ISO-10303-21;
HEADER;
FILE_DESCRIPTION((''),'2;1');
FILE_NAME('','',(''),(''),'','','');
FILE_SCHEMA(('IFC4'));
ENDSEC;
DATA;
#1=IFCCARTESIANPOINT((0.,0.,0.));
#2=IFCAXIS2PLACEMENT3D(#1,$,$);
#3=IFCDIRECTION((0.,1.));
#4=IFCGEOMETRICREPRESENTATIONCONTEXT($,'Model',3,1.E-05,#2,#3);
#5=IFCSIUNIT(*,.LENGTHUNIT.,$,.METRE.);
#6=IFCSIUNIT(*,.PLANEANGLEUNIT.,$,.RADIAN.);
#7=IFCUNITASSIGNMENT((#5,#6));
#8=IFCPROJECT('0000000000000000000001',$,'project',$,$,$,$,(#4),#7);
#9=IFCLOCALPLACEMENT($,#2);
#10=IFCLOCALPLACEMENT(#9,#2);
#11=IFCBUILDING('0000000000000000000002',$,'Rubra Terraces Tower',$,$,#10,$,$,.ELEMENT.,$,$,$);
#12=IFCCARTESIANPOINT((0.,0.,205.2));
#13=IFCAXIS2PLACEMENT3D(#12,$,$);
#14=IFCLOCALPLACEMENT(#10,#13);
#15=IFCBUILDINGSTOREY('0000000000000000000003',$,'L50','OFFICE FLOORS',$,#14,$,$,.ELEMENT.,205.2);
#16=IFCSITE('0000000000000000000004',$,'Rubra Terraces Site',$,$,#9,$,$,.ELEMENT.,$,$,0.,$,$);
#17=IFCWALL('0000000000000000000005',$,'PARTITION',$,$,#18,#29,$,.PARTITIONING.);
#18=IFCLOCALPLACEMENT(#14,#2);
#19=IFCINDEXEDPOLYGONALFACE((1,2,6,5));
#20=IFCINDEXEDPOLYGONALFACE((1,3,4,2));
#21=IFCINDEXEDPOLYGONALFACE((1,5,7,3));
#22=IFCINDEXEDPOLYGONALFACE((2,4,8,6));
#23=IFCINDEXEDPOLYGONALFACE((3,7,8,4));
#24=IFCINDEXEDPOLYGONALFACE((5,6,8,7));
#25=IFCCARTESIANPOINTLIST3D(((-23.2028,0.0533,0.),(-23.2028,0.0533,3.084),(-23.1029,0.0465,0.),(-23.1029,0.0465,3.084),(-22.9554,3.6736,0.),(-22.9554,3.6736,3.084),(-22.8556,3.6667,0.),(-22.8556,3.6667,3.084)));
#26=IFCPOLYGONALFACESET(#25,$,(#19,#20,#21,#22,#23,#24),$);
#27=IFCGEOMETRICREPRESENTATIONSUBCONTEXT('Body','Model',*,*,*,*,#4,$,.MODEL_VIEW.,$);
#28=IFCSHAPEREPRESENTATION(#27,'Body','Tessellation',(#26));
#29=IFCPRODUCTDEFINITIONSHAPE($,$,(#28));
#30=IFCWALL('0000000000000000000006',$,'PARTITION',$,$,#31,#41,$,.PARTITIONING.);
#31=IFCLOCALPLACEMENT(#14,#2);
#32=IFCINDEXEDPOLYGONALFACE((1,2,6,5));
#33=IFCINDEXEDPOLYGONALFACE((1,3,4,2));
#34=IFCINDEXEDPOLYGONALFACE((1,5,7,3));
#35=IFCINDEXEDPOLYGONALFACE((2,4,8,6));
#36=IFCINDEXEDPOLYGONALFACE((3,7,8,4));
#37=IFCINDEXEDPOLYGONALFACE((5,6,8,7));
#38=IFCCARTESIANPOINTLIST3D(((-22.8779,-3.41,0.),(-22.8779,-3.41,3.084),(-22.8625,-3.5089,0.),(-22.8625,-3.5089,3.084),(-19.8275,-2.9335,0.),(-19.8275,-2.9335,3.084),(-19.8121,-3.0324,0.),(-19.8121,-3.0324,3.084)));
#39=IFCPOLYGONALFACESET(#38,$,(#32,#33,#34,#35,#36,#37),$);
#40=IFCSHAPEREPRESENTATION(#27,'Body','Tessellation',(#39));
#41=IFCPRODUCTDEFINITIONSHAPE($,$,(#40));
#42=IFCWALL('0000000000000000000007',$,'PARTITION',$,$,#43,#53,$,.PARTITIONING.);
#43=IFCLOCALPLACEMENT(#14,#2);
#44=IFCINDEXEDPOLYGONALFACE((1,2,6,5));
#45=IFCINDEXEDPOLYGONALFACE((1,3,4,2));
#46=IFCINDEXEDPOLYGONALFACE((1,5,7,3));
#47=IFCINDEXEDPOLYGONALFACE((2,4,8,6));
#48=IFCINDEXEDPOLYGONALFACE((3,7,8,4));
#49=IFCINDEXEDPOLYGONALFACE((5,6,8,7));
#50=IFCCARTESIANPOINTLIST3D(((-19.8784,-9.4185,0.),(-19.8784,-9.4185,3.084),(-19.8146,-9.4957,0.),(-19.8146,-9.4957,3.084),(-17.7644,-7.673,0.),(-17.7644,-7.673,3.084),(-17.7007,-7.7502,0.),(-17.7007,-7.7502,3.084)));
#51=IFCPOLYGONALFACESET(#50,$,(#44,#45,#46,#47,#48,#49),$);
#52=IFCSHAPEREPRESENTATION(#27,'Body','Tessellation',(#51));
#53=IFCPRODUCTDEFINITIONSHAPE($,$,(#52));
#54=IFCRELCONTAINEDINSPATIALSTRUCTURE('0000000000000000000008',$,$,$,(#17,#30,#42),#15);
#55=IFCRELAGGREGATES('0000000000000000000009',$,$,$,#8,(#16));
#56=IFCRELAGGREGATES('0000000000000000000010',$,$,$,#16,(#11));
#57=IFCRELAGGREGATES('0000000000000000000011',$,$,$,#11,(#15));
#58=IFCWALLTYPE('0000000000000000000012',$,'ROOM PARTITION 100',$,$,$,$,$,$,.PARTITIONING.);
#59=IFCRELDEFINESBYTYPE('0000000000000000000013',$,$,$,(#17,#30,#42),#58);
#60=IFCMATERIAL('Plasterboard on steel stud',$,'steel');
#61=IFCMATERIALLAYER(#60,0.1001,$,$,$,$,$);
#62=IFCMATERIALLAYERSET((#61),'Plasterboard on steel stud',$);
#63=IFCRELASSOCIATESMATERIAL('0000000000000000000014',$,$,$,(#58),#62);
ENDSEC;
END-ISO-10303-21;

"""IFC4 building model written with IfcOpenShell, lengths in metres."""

from ifc_helpers import new_model, si_unit, direction, frame, frame_2d, origin, place, context, subcontext, project, spatial, rectangle, extrude, material, layer, layer_set, type_object, element, save


model = new_model("IFC4")

# Units and contexts
model_context = context("Model", 3, precision=1e-05, world=origin(), true_north=direction((0.0, 1.0)))
body_context = subcontext(model_context, "Body", "Model", "MODEL_VIEW")
ifc_project = project(units=[si_unit("LENGTHUNIT", "METRE"), si_unit("PLANEANGLEUNIT", "RADIAN")], contexts=[model_context])

# Site, building, storey
site_placement = place(None, origin())
site = spatial("IfcSite", under=ifc_project, at=site_placement, Name="Rubra Terraces Site", CompositionType="ELEMENT", RefElevation=0.0)
building_placement = place(site_placement, origin())
building = spatial("IfcBuilding", under=site, at=building_placement, Name="Rubra Terraces Tower", CompositionType="ELEMENT")
storey_placement = place(building_placement, frame((0.0, 0.0, 205.2)))
storey = spatial("IfcBuildingStorey", under=building, at=storey_placement, Name="L50", Description="OFFICE FLOORS", CompositionType="ELEMENT", Elevation=205.2)

# Walls
ifc_material_1 = material(Name="Plasterboard on steel stud", Category="steel")
ifc_layer_1 = layer(ifc_material_1, 0.1001)
ifc_layer_set_1 = layer_set([ifc_layer_1], Name="Plasterboard on steel stud")
wall_type_1 = type_object("IfcWallType", Name="ROOM PARTITION 100", PredefinedType="PARTITIONING", material=ifc_layer_set_1)
for number, where, z_axis, x_axis, name in (
    (1, (-23.1528, 0.0498, 0.0), (0.0, 0.0, 1.0), (0.068158, 0.997675, 0.0), "PARTITION"),
):
    element("IfcWall", number, at=place(storey_placement, frame(where, z_axis=z_axis, x_axis=x_axis)), inside=storey, type_object=wall_type_1, Name=name, PredefinedType="PARTITIONING", context=body_context, shape_type="SweptSolid", body=[
        extrude(rectangle(XDim=3.6287, YDim=0.1001, at=frame_2d((1.8145, 0.0))), origin(), (0.0, 0.0, 1.0), 3.084),
    ])
wall_1_placement = place(storey_placement, frame((-19.8198, -2.9829, 0.0), z_axis=(0.0, 0.0, 1.0), x_axis=(-0.988014, -0.154362, 0.0)))
element("IfcWall", 2, at=wall_1_placement, inside=storey, type_object=wall_type_1, Name="PARTITION", PredefinedType="PARTITIONING", context=body_context, shape_type="SweptSolid", body=[
    extrude(rectangle(XDim=3.0874, YDim=0.1001, at=frame_2d((1.5437, 0.0))), origin(), (0.0, 0.0, 1.0), 3.084),
])
wall_2_placement = place(storey_placement, frame((-17.7327, -7.7117, 0.0), z_axis=(0.0, 0.0, 1.0), x_axis=(-0.771097, -0.636718, 0.0)))
element("IfcWall", 3, at=wall_2_placement, inside=storey, type_object=wall_type_1, Name="PARTITION", PredefinedType="PARTITIONING", context=body_context, shape_type="SweptSolid", body=[
    extrude(rectangle(XDim=2.7415, YDim=0.1001, at=frame_2d((1.3706, 0.0))), origin(), (0.0, 0.0, 1.0), 3.084),
])

save(model, "model.ifc")
